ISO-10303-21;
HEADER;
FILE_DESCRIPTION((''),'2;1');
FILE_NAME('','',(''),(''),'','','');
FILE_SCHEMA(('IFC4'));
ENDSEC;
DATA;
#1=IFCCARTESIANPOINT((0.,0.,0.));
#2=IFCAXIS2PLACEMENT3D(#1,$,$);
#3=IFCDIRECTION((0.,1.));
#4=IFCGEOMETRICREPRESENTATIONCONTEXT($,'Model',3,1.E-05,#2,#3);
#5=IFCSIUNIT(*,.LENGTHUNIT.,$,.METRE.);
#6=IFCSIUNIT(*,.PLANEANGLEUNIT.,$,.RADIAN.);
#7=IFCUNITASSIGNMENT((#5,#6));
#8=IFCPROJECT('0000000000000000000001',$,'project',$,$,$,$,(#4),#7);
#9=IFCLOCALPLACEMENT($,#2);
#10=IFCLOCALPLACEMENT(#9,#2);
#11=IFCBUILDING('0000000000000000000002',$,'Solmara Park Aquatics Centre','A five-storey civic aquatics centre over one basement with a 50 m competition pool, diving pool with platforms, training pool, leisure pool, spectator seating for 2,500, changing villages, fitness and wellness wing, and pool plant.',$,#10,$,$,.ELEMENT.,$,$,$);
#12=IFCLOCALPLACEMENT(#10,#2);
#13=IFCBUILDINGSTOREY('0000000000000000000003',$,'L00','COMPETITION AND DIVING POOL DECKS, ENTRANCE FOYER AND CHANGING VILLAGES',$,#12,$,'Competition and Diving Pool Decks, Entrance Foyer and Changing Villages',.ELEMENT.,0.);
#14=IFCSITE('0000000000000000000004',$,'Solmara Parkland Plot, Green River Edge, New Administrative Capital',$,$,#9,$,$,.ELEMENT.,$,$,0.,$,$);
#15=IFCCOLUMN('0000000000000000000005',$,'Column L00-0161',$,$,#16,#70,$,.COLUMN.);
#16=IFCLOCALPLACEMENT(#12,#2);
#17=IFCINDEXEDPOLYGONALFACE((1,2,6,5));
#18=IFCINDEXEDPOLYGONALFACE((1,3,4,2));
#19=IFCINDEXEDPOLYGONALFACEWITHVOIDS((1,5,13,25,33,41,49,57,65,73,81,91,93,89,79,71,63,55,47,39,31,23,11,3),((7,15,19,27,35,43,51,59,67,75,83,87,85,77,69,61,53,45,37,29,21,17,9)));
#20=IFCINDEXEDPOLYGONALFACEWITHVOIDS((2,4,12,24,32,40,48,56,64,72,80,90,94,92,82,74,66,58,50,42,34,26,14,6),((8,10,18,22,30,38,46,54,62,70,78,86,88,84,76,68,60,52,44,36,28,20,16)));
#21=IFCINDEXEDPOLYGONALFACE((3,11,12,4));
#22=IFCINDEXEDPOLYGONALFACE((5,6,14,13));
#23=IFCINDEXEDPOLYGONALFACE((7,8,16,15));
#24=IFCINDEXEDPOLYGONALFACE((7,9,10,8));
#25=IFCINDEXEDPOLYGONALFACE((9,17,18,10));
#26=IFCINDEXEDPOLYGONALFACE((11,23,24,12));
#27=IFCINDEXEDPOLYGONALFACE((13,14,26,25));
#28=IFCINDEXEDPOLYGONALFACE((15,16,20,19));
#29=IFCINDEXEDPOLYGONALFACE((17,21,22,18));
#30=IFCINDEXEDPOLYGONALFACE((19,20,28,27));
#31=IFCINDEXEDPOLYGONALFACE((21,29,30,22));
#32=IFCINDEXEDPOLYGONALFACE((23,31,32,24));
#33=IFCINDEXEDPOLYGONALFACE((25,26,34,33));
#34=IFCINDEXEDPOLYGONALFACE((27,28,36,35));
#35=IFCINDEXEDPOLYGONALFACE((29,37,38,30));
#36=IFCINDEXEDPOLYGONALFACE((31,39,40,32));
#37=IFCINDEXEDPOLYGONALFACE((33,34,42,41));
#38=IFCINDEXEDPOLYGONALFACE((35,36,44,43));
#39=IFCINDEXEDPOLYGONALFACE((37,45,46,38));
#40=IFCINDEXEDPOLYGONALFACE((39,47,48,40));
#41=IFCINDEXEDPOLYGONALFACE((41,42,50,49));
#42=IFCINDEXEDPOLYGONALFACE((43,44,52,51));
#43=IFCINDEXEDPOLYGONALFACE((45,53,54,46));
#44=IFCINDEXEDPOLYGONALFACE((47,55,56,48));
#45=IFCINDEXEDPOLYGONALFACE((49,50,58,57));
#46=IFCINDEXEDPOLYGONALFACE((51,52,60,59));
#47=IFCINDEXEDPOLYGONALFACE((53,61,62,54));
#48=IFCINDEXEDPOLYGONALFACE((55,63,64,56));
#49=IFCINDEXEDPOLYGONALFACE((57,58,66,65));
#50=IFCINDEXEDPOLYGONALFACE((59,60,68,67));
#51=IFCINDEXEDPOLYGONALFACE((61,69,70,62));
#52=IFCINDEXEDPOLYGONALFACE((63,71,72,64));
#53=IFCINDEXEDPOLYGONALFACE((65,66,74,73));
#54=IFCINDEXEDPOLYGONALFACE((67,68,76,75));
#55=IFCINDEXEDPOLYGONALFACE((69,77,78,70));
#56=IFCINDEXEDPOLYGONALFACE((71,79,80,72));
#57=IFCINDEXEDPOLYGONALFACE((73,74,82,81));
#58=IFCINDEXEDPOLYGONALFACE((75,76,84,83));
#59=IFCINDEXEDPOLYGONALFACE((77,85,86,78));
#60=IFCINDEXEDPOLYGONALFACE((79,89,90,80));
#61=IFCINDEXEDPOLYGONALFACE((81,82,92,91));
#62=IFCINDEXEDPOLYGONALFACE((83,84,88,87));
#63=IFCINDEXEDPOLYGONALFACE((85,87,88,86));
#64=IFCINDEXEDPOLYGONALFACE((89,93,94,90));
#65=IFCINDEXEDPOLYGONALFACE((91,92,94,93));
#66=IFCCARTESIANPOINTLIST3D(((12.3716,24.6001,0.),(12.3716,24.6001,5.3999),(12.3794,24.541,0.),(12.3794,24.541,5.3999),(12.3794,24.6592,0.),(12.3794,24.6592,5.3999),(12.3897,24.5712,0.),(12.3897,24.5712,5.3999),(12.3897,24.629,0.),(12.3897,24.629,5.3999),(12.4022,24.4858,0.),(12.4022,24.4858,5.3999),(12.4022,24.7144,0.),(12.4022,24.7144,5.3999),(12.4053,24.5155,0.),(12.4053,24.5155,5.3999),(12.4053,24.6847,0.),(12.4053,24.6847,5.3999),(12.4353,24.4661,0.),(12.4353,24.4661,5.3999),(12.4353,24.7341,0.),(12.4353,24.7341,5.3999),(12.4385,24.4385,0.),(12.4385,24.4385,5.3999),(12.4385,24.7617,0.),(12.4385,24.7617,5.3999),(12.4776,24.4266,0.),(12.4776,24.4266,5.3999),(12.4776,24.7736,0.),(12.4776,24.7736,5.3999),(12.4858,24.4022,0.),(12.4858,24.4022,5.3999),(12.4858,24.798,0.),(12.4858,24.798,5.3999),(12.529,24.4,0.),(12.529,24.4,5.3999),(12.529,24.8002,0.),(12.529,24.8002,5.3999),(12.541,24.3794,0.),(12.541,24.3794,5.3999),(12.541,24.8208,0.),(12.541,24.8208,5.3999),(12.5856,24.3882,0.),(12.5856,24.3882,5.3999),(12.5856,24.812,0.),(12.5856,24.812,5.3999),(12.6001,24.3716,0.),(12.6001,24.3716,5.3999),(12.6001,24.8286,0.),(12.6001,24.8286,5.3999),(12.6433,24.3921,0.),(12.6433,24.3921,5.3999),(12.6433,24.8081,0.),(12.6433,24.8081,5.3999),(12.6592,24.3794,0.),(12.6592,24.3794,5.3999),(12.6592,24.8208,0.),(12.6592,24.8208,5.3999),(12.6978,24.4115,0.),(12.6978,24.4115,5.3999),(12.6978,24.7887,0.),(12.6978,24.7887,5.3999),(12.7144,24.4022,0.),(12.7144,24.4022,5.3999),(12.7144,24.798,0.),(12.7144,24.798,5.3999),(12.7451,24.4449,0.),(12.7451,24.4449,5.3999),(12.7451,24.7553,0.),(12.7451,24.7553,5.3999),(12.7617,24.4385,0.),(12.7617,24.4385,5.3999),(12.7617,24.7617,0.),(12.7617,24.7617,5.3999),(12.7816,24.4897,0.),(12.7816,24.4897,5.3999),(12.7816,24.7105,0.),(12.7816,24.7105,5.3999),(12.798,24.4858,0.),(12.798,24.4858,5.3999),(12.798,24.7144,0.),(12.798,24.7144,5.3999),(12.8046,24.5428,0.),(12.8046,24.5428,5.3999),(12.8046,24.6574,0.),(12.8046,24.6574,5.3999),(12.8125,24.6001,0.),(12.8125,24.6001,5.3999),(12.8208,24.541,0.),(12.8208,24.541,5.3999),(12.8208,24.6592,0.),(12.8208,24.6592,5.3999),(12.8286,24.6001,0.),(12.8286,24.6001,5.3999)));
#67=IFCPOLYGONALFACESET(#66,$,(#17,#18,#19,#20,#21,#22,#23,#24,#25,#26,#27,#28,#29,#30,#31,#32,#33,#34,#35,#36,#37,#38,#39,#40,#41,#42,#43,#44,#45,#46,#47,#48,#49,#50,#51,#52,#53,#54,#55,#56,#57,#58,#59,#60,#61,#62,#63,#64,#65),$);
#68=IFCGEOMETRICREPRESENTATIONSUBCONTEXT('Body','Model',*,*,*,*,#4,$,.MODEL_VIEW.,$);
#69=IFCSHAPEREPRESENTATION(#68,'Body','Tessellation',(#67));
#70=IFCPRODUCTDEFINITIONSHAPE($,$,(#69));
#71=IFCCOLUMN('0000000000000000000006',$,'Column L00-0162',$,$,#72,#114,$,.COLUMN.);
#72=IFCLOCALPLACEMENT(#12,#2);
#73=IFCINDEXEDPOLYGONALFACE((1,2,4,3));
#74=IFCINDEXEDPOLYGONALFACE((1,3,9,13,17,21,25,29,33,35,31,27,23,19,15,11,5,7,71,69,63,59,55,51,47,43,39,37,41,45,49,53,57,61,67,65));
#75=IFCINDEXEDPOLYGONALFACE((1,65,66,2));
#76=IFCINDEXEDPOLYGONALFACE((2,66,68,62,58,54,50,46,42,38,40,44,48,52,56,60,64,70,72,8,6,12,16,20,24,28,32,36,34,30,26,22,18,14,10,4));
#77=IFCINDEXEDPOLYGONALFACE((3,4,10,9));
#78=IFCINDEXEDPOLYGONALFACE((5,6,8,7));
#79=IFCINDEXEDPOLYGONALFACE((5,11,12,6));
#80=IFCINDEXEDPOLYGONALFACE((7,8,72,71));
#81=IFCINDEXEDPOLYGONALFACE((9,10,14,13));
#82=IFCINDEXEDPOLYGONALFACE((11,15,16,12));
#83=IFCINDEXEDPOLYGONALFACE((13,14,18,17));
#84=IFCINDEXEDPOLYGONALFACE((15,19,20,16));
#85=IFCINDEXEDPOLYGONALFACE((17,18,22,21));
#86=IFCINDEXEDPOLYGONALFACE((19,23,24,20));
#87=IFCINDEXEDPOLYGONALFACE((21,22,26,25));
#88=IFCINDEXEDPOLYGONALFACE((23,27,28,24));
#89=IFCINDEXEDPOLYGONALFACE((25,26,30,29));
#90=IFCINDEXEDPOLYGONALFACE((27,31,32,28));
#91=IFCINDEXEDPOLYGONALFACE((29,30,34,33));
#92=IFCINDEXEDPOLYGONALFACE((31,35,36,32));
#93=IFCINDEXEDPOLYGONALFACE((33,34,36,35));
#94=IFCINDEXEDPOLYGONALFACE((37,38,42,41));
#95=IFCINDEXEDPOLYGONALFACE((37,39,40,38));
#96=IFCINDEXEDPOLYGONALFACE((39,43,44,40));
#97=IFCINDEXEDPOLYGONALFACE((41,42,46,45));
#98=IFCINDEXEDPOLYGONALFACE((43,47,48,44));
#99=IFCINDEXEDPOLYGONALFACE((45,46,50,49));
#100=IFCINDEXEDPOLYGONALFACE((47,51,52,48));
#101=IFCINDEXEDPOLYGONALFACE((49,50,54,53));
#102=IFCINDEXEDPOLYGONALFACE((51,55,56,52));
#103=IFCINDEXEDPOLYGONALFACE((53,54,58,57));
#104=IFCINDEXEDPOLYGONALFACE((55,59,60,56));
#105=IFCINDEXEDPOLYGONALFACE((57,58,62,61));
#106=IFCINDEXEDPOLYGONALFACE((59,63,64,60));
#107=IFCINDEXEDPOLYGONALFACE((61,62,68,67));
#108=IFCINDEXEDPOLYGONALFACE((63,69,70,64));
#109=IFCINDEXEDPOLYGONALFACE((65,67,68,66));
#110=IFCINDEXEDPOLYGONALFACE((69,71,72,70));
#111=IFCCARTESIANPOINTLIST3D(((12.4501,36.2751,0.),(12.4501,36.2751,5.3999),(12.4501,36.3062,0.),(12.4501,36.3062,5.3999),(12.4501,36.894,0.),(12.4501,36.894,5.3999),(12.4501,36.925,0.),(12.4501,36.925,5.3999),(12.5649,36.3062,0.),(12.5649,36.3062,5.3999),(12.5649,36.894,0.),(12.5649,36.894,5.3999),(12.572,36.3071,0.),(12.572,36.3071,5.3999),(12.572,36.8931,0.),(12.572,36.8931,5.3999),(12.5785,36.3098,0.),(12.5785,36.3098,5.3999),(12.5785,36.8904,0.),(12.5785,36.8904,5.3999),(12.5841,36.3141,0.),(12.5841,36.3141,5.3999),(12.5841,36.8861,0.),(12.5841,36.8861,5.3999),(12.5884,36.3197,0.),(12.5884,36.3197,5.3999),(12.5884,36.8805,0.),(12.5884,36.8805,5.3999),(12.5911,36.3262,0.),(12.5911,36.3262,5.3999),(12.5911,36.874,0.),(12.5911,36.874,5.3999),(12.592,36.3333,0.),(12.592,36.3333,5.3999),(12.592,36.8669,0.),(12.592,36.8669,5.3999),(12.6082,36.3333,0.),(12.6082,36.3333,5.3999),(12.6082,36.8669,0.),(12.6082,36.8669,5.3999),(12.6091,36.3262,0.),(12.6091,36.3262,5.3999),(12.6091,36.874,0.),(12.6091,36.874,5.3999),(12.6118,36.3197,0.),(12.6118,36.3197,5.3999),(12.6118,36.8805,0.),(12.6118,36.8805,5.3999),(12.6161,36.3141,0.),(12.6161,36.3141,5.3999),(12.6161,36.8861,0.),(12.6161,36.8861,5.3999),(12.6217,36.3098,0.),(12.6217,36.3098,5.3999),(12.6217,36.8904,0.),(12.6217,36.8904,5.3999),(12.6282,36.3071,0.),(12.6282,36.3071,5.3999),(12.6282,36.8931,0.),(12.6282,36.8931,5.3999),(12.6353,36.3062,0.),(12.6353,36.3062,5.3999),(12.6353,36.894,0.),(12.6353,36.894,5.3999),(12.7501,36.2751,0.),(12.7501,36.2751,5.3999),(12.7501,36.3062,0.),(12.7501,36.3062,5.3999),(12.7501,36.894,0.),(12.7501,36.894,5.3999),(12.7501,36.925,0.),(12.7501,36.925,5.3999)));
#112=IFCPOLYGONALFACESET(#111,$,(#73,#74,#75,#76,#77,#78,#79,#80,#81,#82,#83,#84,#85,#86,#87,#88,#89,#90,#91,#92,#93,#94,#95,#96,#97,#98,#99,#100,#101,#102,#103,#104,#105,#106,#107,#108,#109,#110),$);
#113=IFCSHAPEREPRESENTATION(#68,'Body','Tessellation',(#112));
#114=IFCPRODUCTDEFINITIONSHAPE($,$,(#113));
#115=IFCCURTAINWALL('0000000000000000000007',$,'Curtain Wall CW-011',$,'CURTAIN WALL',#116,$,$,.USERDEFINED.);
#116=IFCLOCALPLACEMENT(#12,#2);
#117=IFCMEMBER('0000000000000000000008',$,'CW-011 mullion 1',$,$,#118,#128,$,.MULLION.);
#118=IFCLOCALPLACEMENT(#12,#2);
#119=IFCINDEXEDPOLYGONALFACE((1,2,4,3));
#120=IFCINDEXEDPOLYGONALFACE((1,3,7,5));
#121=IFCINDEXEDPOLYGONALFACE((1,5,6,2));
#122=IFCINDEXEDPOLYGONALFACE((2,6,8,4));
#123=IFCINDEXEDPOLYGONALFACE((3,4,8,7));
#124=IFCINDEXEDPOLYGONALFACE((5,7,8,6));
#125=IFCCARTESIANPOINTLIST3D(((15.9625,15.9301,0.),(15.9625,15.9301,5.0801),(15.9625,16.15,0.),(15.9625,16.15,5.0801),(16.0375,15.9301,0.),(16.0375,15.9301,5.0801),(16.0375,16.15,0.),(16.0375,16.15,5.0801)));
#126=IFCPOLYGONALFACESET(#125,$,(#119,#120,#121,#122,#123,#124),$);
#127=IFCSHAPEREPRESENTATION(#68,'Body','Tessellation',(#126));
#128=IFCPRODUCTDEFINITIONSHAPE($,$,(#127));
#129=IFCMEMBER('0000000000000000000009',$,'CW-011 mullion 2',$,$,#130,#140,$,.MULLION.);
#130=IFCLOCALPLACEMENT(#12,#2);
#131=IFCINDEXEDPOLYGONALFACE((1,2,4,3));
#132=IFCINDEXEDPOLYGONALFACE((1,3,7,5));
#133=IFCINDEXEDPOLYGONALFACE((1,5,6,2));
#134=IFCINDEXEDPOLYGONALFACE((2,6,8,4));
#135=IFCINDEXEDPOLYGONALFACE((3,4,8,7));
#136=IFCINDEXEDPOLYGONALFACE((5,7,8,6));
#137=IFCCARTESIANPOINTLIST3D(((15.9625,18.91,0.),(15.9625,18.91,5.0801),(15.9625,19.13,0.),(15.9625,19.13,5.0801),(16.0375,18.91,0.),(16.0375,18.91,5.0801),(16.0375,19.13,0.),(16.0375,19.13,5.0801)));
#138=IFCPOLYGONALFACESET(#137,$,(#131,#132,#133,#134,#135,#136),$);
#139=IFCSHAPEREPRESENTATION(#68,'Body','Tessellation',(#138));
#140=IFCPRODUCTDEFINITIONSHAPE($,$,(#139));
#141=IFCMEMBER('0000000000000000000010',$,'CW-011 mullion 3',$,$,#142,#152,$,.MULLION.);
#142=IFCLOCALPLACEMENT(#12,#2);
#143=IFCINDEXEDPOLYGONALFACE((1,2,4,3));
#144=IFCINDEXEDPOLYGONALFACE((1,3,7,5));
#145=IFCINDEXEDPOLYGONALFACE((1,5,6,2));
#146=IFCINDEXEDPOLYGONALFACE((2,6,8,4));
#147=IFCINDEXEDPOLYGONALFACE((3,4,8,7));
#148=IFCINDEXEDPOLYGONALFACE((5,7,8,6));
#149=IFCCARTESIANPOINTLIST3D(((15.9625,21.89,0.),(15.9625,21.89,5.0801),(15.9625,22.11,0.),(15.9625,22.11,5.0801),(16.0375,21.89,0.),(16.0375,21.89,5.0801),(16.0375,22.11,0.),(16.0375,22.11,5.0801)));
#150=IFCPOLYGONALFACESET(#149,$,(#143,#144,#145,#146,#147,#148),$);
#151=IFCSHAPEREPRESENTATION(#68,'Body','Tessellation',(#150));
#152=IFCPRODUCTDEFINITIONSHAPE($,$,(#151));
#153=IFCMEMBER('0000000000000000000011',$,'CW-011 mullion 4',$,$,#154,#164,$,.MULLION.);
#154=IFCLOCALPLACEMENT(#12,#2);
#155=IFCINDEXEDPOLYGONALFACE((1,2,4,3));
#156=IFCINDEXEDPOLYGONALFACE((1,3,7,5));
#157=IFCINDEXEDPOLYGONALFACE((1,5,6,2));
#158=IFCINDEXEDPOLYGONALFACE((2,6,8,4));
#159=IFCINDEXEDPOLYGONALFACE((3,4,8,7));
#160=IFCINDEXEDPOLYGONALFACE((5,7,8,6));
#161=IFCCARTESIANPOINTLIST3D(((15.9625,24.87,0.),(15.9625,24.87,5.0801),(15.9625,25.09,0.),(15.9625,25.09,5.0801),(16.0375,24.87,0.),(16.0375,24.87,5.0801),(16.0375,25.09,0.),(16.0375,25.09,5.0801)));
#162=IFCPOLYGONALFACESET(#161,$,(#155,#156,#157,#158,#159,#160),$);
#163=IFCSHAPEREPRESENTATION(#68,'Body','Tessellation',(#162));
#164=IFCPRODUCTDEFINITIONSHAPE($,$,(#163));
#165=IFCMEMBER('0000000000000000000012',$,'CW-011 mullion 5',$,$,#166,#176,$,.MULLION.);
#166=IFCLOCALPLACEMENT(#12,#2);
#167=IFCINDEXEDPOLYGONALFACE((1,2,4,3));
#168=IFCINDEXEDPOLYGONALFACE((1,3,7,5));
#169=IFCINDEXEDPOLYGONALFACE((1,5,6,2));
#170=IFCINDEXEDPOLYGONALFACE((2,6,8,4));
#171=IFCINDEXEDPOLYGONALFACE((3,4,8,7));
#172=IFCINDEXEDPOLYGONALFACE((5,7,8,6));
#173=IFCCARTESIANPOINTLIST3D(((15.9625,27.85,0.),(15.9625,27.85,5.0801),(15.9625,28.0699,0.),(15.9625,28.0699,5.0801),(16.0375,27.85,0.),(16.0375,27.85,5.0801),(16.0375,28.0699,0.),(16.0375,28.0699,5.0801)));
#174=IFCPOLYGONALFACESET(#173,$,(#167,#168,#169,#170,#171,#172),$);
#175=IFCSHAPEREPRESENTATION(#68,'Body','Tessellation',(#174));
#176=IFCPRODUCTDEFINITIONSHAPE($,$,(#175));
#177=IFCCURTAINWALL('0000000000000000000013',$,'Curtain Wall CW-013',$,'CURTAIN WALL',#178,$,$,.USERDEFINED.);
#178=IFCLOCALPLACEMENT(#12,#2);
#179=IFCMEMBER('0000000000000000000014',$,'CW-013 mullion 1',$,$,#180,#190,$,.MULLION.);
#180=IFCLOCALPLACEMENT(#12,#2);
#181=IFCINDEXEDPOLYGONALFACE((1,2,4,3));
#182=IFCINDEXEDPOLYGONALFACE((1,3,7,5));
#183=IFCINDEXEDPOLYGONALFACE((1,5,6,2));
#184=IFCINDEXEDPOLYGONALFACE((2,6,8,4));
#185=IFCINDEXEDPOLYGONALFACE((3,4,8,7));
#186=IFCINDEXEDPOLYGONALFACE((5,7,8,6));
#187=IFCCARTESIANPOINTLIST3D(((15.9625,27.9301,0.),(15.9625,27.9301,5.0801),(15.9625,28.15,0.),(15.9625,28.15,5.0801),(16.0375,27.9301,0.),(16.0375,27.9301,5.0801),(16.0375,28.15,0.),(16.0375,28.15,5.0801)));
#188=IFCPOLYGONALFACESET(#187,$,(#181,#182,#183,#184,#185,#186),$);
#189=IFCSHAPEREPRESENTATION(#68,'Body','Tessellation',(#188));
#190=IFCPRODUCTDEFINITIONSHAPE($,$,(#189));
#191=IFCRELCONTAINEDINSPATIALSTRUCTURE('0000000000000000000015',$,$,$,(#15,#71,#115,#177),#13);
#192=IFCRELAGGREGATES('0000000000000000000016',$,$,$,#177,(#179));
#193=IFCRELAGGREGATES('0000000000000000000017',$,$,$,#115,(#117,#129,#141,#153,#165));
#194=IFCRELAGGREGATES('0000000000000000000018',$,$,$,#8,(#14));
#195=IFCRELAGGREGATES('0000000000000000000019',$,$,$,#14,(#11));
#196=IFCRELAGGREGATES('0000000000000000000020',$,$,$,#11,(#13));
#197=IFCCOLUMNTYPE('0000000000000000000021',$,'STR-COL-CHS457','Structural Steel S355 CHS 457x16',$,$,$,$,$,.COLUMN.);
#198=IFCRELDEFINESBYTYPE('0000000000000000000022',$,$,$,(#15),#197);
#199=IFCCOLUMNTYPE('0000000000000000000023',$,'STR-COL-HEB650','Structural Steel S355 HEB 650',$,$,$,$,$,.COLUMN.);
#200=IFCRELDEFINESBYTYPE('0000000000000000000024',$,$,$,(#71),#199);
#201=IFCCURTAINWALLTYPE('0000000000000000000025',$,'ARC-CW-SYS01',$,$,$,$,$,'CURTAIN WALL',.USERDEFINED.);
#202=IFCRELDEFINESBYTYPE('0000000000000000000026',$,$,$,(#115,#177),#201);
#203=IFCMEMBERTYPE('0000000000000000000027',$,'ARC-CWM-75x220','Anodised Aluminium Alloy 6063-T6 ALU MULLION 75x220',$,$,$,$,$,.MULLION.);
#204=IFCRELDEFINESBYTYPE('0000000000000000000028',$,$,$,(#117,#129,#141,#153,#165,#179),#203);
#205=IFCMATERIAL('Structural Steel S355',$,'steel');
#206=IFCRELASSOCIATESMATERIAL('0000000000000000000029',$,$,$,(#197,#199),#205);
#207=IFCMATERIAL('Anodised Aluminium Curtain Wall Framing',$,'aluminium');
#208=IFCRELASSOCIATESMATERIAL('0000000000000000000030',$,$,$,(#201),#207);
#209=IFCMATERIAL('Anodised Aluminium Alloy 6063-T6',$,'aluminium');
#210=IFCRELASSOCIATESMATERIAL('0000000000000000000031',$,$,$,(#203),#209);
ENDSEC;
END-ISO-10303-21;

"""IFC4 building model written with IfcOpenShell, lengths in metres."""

from ifc_helpers import new_model, si_unit, direction, frame, origin, origin_2d, place, context, subcontext, project, spatial, rectangle, hollow_circle, i_section, extrude, material, material_profile, profile_set, type_object, element, aggregate, save


model = new_model("IFC4")

# Units and contexts
model_context = context("Model", 3, precision=1e-05, world=origin(), true_north=direction((0.0, 1.0)))
body_context = subcontext(model_context, "Body", "Model", "MODEL_VIEW")
ifc_project = project(units=[si_unit("LENGTHUNIT", "METRE"), si_unit("PLANEANGLEUNIT", "RADIAN")], contexts=[model_context])

# Site, building, storey
site_placement = place(None, origin())
site = spatial("IfcSite", under=ifc_project, at=site_placement, Name="Solmara Parkland Plot, Green River Edge, New Administrative Capital", CompositionType="ELEMENT", RefElevation=0.0)
building_placement = place(site_placement, origin())
building = spatial("IfcBuilding", under=site, at=building_placement, Name="Solmara Park Aquatics Centre", Description="A five-storey civic aquatics centre over one basement with a 50 m competition pool, diving pool with platforms, training pool, leisure pool, spectator seating for 2,500, changing villages, fitness and wellness wing, and pool plant.", CompositionType="ELEMENT")
storey_placement = place(building_placement, origin())
storey = spatial("IfcBuildingStorey", under=building, at=storey_placement, Name="L00", Description="COMPETITION AND DIVING POOL DECKS, ENTRANCE FOYER AND CHANGING VILLAGES", LongName="Competition and Diving Pool Decks, Entrance Foyer and Changing Villages", CompositionType="ELEMENT", Elevation=0.0)

# Columns
ifc_material_1 = material(Name="Structural Steel S355", Category="steel")
ifc_material_profile_1 = material_profile(ifc_material_1, hollow_circle(Radius=0.2285, WallThickness=0.0161, at=origin_2d()), Name="CHS 457x16")
ifc_profile_set_1 = profile_set([ifc_material_profile_1], Name="Structural Steel S355")
column_type_1 = type_object("IfcColumnType", Name="STR-COL-CHS457", Description="Structural Steel S355 CHS 457x16", PredefinedType="COLUMN", material=ifc_profile_set_1)
column_1_placement = place(storey_placement, frame((12.6001, 24.6001, 0.0), z_axis=(0.0, 0.0, 1.0), x_axis=(1.0, 0.0, 0.0)))
element("IfcColumn", 1, at=column_1_placement, inside=storey, type_object=column_type_1, Name="Column L00-0161", PredefinedType="COLUMN", context=body_context, shape_type="SweptSolid", body=[
    extrude(hollow_circle(Radius=0.2285, WallThickness=0.0161, at=origin_2d()), origin(), (0.0, 0.0, 1.0), 5.3999),
])
ifc_material_profile_2 = material_profile(ifc_material_1, i_section(OverallWidth=0.3, OverallDepth=0.6499, WebThickness=0.0161, FlangeThickness=0.031, FilletRadius=0.0271, at=origin_2d()), Name="HEB 650")
ifc_profile_set_2 = profile_set([ifc_material_profile_2], Name="Structural Steel S355")
column_type_2 = type_object("IfcColumnType", Name="STR-COL-HEB650", Description="Structural Steel S355 HEB 650", PredefinedType="COLUMN", material=ifc_profile_set_2)
column_2_placement = place(storey_placement, frame((12.6001, 36.6001, 0.0), z_axis=(0.0, 0.0, 1.0), x_axis=(1.0, 0.0, 0.0)))
element("IfcColumn", 2, at=column_2_placement, inside=storey, type_object=column_type_2, Name="Column L00-0162", PredefinedType="COLUMN", context=body_context, shape_type="SweptSolid", body=[
    extrude(i_section(OverallWidth=0.3, OverallDepth=0.6499, WebThickness=0.0161, FlangeThickness=0.031, FilletRadius=0.0271, at=origin_2d()), origin(), (0.0, 0.0, 1.0), 5.3999),
])

# Curtain wall, members
ifc_material_2 = material(Name="Anodised Aluminium Curtain Wall Framing", Category="aluminium")
curtain_wall_type = type_object("IfcCurtainWallType", Name="ARC-CW-SYS01", ElementType="CURTAIN WALL", PredefinedType="USERDEFINED", material=ifc_material_2)
curtain_wall_1_placement = place(storey_placement, origin())
curtain_wall_1 = element("IfcCurtainWall", 3, at=curtain_wall_1_placement, inside=storey, type_object=curtain_wall_type, Name="Curtain Wall CW-011", ObjectType="CURTAIN WALL", PredefinedType="USERDEFINED")
ifc_material_3 = material(Name="Anodised Aluminium Alloy 6063-T6", Category="aluminium")
ifc_material_profile_3 = material_profile(ifc_material_3, rectangle(XDim=0.075, YDim=0.22, at=origin_2d()), Name="ALU MULLION 75x220")
ifc_profile_set_3 = profile_set([ifc_material_profile_3], Name="Anodised Aluminium Alloy 6063-T6")
member_type_1 = type_object("IfcMemberType", Name="ARC-CWM-75x220", Description="Anodised Aluminium Alloy 6063-T6 ALU MULLION 75x220", PredefinedType="MULLION", material=ifc_profile_set_3)
member_1_placement = place(storey_placement, frame((16.0, 16.04, 0.0), z_axis=(0.0, 0.0, 1.0), x_axis=(1.0, 0.0, 0.0)))
member_1 = element("IfcMember", 4, at=member_1_placement, type_object=member_type_1, Name="CW-011 mullion 1", PredefinedType="MULLION", context=body_context, shape_type="SweptSolid", body=[
    extrude(rectangle(XDim=0.075, YDim=0.22, at=origin_2d()), origin(), (0.0, 0.0, 1.0), 5.0801),
])
member_2_placement = place(storey_placement, frame((16.0, 19.02, 0.0), z_axis=(0.0, 0.0, 1.0), x_axis=(1.0, 0.0, 0.0)))
member_2 = element("IfcMember", 5, at=member_2_placement, type_object=member_type_1, Name="CW-011 mullion 2", PredefinedType="MULLION", context=body_context, shape_type="SweptSolid", body=[
    extrude(rectangle(XDim=0.075, YDim=0.22, at=origin_2d()), origin(), (0.0, 0.0, 1.0), 5.0801),
])
member_3_placement = place(storey_placement, frame((16.0, 22.0, 0.0), z_axis=(0.0, 0.0, 1.0), x_axis=(1.0, 0.0, 0.0)))
member_3 = element("IfcMember", 6, at=member_3_placement, type_object=member_type_1, Name="CW-011 mullion 3", PredefinedType="MULLION", context=body_context, shape_type="SweptSolid", body=[
    extrude(rectangle(XDim=0.075, YDim=0.22, at=origin_2d()), origin(), (0.0, 0.0, 1.0), 5.0801),
])
member_4_placement = place(storey_placement, frame((16.0, 24.98, 0.0), z_axis=(0.0, 0.0, 1.0), x_axis=(1.0, 0.0, 0.0)))
member_4 = element("IfcMember", 7, at=member_4_placement, type_object=member_type_1, Name="CW-011 mullion 4", PredefinedType="MULLION", context=body_context, shape_type="SweptSolid", body=[
    extrude(rectangle(XDim=0.075, YDim=0.22, at=origin_2d()), origin(), (0.0, 0.0, 1.0), 5.0801),
])
member_5_placement = place(storey_placement, frame((16.0, 27.96, 0.0), z_axis=(0.0, 0.0, 1.0), x_axis=(1.0, 0.0, 0.0)))
member_5 = element("IfcMember", 8, at=member_5_placement, type_object=member_type_1, Name="CW-011 mullion 5", PredefinedType="MULLION", context=body_context, shape_type="SweptSolid", body=[
    extrude(rectangle(XDim=0.075, YDim=0.22, at=origin_2d()), origin(), (0.0, 0.0, 1.0), 5.0801),
])

# Curtain wall, member
curtain_wall_2_placement = place(storey_placement, origin())
curtain_wall_2 = element("IfcCurtainWall", 9, at=curtain_wall_2_placement, inside=storey, type_object=curtain_wall_type, Name="Curtain Wall CW-013", ObjectType="CURTAIN WALL", PredefinedType="USERDEFINED")
member_6_placement = place(storey_placement, frame((16.0, 28.04, 0.0), z_axis=(0.0, 0.0, 1.0), x_axis=(1.0, 0.0, 0.0)))
member_6 = element("IfcMember", 10, at=member_6_placement, type_object=member_type_1, Name="CW-013 mullion 1", PredefinedType="MULLION", context=body_context, shape_type="SweptSolid", body=[
    extrude(rectangle(XDim=0.075, YDim=0.22, at=origin_2d()), origin(), (0.0, 0.0, 1.0), 5.0801),
])
aggregate(curtain_wall_2, [member_6])

aggregate(curtain_wall_1, [member_1, member_2, member_3, member_4, member_5])

save(model, "model.ifc")
